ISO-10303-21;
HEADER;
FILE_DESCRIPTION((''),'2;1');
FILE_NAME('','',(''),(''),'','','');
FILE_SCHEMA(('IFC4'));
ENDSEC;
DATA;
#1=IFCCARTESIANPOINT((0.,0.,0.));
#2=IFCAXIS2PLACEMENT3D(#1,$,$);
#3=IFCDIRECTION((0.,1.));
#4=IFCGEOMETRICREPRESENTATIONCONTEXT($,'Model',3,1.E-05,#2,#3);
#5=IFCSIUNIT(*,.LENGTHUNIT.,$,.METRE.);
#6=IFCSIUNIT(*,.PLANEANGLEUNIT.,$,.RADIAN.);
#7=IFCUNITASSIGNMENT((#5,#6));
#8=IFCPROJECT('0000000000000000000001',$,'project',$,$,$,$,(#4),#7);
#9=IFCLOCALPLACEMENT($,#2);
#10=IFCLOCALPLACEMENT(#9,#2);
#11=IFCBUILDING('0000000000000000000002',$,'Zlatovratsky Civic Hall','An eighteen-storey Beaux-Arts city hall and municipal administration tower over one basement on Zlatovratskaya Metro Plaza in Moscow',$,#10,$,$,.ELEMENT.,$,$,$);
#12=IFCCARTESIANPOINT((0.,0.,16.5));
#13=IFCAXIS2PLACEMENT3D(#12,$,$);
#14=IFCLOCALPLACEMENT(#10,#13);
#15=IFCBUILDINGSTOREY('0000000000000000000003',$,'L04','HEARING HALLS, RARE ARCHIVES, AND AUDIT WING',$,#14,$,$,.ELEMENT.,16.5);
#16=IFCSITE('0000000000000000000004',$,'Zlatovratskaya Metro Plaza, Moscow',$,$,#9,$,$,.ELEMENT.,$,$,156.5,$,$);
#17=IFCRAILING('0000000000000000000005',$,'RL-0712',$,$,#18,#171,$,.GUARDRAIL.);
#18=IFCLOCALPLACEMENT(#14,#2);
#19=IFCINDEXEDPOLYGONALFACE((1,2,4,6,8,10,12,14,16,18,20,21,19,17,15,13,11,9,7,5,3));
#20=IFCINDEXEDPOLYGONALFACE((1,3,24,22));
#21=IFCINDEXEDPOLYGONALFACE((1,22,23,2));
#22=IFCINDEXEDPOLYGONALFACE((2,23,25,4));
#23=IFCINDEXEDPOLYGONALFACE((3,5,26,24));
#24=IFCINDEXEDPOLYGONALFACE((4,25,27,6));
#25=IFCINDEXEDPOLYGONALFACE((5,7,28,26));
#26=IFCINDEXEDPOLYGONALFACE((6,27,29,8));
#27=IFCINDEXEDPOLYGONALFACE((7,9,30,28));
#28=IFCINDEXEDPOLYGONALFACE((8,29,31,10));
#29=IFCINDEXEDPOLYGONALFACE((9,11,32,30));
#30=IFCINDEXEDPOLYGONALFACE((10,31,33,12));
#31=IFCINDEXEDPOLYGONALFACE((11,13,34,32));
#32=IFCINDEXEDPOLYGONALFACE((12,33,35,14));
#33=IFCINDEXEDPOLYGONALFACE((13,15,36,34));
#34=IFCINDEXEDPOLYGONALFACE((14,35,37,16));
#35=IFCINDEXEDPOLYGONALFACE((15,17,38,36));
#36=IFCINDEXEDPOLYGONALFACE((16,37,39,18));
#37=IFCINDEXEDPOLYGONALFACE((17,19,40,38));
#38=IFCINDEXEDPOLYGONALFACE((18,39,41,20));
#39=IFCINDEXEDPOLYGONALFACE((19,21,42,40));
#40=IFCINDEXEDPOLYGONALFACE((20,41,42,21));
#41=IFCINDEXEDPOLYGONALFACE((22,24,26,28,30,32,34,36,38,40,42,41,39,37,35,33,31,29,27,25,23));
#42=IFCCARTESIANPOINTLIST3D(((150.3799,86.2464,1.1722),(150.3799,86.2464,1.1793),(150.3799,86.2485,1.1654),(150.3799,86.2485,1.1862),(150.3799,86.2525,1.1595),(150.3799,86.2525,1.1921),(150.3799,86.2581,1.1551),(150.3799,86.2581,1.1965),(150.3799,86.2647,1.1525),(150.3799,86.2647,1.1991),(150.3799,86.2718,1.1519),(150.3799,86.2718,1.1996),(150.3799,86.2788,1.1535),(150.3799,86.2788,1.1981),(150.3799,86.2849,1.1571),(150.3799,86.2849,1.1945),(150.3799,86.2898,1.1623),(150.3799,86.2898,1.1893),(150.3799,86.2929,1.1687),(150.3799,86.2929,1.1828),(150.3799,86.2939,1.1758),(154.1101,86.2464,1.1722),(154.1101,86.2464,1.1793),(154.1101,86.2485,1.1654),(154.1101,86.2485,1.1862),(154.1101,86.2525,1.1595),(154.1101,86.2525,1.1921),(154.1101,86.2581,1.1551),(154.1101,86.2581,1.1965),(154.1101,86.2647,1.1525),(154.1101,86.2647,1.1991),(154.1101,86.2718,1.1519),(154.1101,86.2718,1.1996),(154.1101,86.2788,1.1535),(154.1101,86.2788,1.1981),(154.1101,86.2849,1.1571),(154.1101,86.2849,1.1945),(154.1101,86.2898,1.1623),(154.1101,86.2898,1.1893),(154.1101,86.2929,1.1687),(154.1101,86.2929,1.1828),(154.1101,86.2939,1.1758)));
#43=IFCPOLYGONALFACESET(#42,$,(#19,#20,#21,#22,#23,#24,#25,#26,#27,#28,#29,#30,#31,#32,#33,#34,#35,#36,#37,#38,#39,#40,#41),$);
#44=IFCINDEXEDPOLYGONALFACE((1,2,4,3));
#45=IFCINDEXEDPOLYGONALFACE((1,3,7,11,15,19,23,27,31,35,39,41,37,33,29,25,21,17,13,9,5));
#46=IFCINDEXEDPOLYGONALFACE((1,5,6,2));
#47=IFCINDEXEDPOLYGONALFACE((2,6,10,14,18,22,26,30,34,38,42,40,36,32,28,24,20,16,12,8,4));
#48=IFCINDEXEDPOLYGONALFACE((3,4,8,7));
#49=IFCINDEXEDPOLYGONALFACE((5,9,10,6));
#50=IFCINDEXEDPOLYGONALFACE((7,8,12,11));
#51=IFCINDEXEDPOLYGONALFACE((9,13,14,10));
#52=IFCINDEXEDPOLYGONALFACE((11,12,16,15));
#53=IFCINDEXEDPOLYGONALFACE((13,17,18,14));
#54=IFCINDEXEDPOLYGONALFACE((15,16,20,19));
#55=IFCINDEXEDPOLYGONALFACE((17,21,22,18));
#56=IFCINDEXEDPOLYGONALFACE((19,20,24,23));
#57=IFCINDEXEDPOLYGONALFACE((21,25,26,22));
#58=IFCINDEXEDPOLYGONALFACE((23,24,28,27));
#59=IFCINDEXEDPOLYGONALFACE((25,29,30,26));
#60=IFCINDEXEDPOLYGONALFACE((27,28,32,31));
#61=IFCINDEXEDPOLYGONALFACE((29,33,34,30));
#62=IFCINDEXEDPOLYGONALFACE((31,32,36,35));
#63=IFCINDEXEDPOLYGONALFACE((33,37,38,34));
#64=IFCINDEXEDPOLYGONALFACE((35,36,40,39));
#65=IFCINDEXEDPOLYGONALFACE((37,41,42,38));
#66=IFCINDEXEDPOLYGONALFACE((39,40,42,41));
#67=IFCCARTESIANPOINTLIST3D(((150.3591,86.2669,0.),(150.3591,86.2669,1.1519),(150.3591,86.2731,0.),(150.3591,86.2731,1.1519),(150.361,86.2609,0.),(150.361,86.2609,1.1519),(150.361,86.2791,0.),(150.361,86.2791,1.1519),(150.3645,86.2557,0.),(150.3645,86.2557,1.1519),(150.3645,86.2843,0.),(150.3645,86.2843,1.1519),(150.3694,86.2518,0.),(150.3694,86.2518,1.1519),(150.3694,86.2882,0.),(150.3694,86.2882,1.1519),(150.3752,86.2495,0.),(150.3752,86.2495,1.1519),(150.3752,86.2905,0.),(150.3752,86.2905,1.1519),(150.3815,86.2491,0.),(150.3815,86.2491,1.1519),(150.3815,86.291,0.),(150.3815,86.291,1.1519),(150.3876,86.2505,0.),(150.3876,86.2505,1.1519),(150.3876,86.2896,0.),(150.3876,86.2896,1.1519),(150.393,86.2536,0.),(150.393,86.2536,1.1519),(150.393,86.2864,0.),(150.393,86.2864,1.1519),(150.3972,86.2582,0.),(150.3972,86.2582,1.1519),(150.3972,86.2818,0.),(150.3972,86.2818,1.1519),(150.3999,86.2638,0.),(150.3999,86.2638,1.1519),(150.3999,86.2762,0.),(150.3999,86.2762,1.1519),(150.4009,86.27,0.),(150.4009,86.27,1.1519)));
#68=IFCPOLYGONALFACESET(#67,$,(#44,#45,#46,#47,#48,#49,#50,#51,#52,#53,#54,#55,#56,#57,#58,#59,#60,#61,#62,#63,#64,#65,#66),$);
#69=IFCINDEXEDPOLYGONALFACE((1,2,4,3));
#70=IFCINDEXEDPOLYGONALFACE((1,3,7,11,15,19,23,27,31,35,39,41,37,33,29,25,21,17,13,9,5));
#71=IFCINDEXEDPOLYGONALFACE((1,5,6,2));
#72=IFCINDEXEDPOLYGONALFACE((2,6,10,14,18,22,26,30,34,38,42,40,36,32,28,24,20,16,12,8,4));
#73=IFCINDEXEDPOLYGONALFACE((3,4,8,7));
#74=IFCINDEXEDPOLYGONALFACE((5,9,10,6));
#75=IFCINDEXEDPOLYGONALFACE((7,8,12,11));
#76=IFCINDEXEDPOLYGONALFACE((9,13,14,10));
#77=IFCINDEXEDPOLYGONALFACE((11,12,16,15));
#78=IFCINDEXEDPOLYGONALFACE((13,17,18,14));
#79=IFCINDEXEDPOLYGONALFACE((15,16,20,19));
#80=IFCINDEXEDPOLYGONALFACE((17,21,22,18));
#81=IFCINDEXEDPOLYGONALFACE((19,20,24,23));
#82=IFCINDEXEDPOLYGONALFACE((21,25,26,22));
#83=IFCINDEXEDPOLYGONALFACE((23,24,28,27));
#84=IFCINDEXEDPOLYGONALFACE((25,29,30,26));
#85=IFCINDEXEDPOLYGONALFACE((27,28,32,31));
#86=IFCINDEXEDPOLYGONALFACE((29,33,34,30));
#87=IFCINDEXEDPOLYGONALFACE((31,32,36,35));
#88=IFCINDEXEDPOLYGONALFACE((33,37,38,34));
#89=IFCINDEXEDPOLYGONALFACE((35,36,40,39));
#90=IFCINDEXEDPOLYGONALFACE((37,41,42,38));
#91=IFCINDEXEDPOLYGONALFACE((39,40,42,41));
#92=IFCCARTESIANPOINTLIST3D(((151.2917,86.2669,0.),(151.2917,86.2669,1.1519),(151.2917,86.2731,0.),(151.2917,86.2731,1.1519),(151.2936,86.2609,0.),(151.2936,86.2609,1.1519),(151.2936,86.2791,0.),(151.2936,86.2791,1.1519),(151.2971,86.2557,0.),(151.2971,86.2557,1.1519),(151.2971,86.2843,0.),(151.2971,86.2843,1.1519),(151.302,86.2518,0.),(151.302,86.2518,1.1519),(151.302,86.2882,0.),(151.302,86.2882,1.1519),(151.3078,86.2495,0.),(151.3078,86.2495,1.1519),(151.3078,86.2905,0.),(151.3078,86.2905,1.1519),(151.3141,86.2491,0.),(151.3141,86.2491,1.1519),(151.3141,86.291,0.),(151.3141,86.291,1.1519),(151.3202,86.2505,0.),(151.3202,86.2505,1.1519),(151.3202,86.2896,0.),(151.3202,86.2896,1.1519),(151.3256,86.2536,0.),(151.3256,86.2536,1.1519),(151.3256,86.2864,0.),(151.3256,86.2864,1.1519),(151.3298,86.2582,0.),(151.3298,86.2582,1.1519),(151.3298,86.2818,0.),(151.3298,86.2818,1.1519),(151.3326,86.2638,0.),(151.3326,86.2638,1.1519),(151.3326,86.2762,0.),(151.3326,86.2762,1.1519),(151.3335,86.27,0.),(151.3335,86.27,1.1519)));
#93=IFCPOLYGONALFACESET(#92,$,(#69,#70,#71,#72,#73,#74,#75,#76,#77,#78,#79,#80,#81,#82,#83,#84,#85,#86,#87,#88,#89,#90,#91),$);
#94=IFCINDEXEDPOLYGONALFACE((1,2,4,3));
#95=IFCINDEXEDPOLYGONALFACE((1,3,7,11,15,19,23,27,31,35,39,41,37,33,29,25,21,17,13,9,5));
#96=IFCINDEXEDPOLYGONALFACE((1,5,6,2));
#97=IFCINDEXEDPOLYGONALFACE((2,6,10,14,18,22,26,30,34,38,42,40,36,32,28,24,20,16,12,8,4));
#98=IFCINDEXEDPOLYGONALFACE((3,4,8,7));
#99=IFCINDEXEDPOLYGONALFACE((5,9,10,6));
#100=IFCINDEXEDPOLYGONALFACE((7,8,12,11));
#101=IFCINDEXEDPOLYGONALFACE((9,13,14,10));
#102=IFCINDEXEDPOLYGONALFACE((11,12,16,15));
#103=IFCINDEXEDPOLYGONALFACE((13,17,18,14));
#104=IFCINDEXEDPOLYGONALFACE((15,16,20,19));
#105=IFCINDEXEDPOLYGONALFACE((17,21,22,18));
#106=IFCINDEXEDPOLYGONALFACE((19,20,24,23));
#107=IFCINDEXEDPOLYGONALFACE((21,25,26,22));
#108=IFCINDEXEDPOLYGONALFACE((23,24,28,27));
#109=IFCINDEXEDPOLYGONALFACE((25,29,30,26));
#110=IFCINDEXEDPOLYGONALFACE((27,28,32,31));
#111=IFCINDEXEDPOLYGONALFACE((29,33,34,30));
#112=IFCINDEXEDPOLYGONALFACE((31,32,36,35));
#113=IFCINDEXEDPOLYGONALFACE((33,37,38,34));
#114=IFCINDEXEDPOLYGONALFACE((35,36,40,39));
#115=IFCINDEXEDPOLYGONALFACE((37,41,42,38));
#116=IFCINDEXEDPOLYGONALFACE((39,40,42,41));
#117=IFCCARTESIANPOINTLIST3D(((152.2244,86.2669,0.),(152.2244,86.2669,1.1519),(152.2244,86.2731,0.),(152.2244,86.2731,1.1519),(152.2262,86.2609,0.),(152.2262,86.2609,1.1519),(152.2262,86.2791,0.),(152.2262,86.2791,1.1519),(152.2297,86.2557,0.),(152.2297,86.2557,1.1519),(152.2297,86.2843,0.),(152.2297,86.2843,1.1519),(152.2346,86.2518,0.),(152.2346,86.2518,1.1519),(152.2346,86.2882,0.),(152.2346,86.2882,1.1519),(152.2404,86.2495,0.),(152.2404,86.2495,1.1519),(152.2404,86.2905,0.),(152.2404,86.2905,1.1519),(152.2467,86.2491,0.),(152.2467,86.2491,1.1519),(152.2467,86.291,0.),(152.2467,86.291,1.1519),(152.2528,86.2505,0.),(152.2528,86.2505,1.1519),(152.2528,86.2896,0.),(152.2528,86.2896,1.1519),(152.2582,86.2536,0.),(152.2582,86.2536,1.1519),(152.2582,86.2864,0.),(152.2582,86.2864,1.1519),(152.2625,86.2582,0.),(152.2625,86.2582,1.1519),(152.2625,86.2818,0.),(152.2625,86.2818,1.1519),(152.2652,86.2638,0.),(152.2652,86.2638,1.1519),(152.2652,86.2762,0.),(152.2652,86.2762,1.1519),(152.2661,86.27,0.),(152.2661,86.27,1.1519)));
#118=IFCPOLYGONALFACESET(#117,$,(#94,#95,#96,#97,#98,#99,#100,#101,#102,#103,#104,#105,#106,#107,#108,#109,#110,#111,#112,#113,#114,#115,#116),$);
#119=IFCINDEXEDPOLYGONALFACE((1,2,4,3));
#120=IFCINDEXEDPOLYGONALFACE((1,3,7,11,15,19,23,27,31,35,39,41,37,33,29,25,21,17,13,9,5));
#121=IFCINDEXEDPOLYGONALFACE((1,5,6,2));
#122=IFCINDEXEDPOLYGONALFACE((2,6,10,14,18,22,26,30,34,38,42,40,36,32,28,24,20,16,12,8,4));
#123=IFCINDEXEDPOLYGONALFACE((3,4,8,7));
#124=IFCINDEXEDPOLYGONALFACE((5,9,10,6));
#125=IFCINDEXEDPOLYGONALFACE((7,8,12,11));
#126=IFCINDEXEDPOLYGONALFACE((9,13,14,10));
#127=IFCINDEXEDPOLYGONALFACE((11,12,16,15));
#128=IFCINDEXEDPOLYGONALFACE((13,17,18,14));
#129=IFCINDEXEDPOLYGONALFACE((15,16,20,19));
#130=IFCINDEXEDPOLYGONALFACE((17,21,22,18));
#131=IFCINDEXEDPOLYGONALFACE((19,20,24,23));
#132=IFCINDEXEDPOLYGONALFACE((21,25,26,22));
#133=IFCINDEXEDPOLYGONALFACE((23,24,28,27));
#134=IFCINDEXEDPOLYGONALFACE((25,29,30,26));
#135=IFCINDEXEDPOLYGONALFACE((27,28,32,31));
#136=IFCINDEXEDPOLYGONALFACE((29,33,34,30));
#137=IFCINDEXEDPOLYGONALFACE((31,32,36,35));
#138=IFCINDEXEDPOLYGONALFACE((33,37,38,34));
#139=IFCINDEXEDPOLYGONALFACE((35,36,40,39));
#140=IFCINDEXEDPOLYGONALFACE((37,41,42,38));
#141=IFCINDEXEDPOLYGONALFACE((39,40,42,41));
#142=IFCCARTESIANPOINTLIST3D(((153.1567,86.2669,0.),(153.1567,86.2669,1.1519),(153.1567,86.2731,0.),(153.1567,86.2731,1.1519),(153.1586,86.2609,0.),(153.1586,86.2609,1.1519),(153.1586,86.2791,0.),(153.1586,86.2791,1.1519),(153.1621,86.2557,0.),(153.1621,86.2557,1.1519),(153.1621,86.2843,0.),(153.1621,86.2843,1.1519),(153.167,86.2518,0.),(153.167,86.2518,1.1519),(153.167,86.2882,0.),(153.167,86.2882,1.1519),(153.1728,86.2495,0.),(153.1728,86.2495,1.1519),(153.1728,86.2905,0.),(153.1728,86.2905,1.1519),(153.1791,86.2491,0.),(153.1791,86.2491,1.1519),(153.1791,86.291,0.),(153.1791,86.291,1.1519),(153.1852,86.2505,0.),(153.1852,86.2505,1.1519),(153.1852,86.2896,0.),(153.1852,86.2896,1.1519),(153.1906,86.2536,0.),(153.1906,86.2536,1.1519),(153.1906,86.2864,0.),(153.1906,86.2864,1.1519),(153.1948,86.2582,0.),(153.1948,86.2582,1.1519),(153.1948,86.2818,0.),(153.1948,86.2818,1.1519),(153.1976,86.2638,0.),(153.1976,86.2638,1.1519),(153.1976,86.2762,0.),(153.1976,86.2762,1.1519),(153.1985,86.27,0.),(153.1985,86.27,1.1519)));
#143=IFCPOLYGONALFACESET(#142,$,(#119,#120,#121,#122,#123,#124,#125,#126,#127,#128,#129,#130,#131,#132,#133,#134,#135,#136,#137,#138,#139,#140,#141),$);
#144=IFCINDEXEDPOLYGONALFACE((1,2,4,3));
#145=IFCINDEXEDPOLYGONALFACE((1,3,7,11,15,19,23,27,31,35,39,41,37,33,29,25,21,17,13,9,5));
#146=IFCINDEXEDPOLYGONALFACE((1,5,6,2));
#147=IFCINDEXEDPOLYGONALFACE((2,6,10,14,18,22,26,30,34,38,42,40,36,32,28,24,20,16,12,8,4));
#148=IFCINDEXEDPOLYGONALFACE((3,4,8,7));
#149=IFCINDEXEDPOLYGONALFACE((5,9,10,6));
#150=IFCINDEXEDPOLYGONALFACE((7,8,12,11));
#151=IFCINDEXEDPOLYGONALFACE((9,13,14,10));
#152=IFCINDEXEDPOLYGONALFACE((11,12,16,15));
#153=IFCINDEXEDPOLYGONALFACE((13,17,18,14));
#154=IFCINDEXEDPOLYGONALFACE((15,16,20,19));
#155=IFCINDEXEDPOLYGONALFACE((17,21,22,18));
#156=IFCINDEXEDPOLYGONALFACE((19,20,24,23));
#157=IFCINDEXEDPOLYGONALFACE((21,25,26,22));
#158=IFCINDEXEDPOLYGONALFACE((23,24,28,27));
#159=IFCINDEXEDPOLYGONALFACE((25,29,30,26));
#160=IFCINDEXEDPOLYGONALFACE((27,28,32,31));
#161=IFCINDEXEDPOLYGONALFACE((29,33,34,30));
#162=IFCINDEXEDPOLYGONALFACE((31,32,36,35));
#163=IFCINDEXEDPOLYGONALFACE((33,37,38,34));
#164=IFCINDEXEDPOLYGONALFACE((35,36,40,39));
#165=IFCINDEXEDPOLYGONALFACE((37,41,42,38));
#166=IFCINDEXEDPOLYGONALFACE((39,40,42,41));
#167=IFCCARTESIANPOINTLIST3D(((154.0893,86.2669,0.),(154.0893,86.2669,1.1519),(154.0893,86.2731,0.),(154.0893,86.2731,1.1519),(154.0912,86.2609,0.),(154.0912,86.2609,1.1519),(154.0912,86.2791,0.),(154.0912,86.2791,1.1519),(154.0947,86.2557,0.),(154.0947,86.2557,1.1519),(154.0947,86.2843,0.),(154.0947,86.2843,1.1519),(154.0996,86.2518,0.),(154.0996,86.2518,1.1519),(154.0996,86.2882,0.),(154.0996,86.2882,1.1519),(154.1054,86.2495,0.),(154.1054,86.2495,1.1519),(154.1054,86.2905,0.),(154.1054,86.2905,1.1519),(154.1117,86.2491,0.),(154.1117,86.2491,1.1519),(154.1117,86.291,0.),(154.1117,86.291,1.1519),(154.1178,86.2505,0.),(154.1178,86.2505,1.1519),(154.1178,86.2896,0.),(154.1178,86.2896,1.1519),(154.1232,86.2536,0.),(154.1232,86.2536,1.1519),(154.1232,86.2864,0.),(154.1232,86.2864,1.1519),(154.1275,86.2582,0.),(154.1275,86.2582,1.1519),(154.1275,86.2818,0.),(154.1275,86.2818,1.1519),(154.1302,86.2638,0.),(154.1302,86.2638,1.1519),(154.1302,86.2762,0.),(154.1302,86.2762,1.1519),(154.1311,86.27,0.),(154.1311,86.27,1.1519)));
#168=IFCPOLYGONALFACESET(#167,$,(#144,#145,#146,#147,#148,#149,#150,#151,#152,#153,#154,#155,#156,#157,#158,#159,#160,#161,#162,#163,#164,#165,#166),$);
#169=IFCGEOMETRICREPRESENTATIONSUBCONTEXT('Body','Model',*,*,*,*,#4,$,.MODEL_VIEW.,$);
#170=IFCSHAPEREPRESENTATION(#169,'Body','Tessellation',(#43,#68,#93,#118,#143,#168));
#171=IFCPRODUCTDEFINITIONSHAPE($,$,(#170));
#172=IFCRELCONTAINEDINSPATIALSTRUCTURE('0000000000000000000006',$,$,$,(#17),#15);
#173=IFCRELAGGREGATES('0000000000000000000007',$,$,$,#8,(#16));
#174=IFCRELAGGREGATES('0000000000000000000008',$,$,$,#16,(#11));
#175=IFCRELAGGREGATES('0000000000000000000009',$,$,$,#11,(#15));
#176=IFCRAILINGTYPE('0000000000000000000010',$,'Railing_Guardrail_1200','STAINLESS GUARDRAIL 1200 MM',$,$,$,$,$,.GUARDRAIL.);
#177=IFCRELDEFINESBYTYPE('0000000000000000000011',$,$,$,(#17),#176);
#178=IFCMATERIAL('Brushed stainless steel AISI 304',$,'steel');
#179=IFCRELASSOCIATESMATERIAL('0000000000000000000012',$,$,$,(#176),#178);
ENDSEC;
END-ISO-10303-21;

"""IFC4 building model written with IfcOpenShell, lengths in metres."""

from ifc_helpers import new_model, si_unit, direction, frame, origin, origin_2d, place, context, subcontext, project, spatial, circle, extrude, material, type_object, element, save


model = new_model("IFC4")

# Units and contexts
model_context = context("Model", 3, precision=1e-05, world=origin(), true_north=direction((0.0, 1.0)))
body_context = subcontext(model_context, "Body", "Model", "MODEL_VIEW")
ifc_project = project(units=[si_unit("LENGTHUNIT", "METRE"), si_unit("PLANEANGLEUNIT", "RADIAN")], contexts=[model_context])

# Site, building, storey
site_placement = place(None, origin())
site = spatial("IfcSite", under=ifc_project, at=site_placement, Name="Zlatovratskaya Metro Plaza, Moscow", CompositionType="ELEMENT", RefElevation=156.5)
building_placement = place(site_placement, origin())
building = spatial("IfcBuilding", under=site, at=building_placement, Name="Zlatovratsky Civic Hall", Description="An eighteen-storey Beaux-Arts city hall and municipal administration tower over one basement on Zlatovratskaya Metro Plaza in Moscow", CompositionType="ELEMENT")
storey_placement = place(building_placement, frame((0.0, 0.0, 16.5)))
storey = spatial("IfcBuildingStorey", under=building, at=storey_placement, Name="L04", Description="HEARING HALLS, RARE ARCHIVES, AND AUDIT WING", CompositionType="ELEMENT", Elevation=16.5)

# Railing
ifc_material_1 = material(Name="Brushed stainless steel AISI 304", Category="steel")
railing_type = type_object("IfcRailingType", Name="Railing_Guardrail_1200", Description="STAINLESS GUARDRAIL 1200 MM", PredefinedType="GUARDRAIL", material=ifc_material_1)
railing_placement = place(storey_placement, frame((150.3799, 86.27, 0.0)))
element("IfcRailing", 1, at=railing_placement, inside=storey, type_object=railing_type, Name="RL-0712", PredefinedType="GUARDRAIL", context=body_context, shape_type="SweptSolid", body=[
    extrude(circle(Radius=0.0239, at=origin_2d()), frame((0.0, 0.0, 1.1758), z_axis=(1.0, 0.0, 0.0), x_axis=(0.0, 1.0, 0.0)), (0.0, 0.0, 1.0), 3.7302),
    extrude(circle(Radius=0.021, at=origin_2d()), origin(), (0.0, 0.0, 1.0), 1.1519),
    extrude(circle(Radius=0.021, at=origin_2d()), frame((0.9326, 0.0, 0.0)), (0.0, 0.0, 1.0), 1.1519),
    extrude(circle(Radius=0.021, at=origin_2d()), frame((1.8652, 0.0, 0.0)), (0.0, 0.0, 1.0), 1.1519),
    extrude(circle(Radius=0.021, at=origin_2d()), frame((2.7976, 0.0, 0.0)), (0.0, 0.0, 1.0), 1.1519),
    extrude(circle(Radius=0.021, at=origin_2d()), frame((3.7302, 0.0, 0.0)), (0.0, 0.0, 1.0), 1.1519),
])

save(model, "model.ifc")
